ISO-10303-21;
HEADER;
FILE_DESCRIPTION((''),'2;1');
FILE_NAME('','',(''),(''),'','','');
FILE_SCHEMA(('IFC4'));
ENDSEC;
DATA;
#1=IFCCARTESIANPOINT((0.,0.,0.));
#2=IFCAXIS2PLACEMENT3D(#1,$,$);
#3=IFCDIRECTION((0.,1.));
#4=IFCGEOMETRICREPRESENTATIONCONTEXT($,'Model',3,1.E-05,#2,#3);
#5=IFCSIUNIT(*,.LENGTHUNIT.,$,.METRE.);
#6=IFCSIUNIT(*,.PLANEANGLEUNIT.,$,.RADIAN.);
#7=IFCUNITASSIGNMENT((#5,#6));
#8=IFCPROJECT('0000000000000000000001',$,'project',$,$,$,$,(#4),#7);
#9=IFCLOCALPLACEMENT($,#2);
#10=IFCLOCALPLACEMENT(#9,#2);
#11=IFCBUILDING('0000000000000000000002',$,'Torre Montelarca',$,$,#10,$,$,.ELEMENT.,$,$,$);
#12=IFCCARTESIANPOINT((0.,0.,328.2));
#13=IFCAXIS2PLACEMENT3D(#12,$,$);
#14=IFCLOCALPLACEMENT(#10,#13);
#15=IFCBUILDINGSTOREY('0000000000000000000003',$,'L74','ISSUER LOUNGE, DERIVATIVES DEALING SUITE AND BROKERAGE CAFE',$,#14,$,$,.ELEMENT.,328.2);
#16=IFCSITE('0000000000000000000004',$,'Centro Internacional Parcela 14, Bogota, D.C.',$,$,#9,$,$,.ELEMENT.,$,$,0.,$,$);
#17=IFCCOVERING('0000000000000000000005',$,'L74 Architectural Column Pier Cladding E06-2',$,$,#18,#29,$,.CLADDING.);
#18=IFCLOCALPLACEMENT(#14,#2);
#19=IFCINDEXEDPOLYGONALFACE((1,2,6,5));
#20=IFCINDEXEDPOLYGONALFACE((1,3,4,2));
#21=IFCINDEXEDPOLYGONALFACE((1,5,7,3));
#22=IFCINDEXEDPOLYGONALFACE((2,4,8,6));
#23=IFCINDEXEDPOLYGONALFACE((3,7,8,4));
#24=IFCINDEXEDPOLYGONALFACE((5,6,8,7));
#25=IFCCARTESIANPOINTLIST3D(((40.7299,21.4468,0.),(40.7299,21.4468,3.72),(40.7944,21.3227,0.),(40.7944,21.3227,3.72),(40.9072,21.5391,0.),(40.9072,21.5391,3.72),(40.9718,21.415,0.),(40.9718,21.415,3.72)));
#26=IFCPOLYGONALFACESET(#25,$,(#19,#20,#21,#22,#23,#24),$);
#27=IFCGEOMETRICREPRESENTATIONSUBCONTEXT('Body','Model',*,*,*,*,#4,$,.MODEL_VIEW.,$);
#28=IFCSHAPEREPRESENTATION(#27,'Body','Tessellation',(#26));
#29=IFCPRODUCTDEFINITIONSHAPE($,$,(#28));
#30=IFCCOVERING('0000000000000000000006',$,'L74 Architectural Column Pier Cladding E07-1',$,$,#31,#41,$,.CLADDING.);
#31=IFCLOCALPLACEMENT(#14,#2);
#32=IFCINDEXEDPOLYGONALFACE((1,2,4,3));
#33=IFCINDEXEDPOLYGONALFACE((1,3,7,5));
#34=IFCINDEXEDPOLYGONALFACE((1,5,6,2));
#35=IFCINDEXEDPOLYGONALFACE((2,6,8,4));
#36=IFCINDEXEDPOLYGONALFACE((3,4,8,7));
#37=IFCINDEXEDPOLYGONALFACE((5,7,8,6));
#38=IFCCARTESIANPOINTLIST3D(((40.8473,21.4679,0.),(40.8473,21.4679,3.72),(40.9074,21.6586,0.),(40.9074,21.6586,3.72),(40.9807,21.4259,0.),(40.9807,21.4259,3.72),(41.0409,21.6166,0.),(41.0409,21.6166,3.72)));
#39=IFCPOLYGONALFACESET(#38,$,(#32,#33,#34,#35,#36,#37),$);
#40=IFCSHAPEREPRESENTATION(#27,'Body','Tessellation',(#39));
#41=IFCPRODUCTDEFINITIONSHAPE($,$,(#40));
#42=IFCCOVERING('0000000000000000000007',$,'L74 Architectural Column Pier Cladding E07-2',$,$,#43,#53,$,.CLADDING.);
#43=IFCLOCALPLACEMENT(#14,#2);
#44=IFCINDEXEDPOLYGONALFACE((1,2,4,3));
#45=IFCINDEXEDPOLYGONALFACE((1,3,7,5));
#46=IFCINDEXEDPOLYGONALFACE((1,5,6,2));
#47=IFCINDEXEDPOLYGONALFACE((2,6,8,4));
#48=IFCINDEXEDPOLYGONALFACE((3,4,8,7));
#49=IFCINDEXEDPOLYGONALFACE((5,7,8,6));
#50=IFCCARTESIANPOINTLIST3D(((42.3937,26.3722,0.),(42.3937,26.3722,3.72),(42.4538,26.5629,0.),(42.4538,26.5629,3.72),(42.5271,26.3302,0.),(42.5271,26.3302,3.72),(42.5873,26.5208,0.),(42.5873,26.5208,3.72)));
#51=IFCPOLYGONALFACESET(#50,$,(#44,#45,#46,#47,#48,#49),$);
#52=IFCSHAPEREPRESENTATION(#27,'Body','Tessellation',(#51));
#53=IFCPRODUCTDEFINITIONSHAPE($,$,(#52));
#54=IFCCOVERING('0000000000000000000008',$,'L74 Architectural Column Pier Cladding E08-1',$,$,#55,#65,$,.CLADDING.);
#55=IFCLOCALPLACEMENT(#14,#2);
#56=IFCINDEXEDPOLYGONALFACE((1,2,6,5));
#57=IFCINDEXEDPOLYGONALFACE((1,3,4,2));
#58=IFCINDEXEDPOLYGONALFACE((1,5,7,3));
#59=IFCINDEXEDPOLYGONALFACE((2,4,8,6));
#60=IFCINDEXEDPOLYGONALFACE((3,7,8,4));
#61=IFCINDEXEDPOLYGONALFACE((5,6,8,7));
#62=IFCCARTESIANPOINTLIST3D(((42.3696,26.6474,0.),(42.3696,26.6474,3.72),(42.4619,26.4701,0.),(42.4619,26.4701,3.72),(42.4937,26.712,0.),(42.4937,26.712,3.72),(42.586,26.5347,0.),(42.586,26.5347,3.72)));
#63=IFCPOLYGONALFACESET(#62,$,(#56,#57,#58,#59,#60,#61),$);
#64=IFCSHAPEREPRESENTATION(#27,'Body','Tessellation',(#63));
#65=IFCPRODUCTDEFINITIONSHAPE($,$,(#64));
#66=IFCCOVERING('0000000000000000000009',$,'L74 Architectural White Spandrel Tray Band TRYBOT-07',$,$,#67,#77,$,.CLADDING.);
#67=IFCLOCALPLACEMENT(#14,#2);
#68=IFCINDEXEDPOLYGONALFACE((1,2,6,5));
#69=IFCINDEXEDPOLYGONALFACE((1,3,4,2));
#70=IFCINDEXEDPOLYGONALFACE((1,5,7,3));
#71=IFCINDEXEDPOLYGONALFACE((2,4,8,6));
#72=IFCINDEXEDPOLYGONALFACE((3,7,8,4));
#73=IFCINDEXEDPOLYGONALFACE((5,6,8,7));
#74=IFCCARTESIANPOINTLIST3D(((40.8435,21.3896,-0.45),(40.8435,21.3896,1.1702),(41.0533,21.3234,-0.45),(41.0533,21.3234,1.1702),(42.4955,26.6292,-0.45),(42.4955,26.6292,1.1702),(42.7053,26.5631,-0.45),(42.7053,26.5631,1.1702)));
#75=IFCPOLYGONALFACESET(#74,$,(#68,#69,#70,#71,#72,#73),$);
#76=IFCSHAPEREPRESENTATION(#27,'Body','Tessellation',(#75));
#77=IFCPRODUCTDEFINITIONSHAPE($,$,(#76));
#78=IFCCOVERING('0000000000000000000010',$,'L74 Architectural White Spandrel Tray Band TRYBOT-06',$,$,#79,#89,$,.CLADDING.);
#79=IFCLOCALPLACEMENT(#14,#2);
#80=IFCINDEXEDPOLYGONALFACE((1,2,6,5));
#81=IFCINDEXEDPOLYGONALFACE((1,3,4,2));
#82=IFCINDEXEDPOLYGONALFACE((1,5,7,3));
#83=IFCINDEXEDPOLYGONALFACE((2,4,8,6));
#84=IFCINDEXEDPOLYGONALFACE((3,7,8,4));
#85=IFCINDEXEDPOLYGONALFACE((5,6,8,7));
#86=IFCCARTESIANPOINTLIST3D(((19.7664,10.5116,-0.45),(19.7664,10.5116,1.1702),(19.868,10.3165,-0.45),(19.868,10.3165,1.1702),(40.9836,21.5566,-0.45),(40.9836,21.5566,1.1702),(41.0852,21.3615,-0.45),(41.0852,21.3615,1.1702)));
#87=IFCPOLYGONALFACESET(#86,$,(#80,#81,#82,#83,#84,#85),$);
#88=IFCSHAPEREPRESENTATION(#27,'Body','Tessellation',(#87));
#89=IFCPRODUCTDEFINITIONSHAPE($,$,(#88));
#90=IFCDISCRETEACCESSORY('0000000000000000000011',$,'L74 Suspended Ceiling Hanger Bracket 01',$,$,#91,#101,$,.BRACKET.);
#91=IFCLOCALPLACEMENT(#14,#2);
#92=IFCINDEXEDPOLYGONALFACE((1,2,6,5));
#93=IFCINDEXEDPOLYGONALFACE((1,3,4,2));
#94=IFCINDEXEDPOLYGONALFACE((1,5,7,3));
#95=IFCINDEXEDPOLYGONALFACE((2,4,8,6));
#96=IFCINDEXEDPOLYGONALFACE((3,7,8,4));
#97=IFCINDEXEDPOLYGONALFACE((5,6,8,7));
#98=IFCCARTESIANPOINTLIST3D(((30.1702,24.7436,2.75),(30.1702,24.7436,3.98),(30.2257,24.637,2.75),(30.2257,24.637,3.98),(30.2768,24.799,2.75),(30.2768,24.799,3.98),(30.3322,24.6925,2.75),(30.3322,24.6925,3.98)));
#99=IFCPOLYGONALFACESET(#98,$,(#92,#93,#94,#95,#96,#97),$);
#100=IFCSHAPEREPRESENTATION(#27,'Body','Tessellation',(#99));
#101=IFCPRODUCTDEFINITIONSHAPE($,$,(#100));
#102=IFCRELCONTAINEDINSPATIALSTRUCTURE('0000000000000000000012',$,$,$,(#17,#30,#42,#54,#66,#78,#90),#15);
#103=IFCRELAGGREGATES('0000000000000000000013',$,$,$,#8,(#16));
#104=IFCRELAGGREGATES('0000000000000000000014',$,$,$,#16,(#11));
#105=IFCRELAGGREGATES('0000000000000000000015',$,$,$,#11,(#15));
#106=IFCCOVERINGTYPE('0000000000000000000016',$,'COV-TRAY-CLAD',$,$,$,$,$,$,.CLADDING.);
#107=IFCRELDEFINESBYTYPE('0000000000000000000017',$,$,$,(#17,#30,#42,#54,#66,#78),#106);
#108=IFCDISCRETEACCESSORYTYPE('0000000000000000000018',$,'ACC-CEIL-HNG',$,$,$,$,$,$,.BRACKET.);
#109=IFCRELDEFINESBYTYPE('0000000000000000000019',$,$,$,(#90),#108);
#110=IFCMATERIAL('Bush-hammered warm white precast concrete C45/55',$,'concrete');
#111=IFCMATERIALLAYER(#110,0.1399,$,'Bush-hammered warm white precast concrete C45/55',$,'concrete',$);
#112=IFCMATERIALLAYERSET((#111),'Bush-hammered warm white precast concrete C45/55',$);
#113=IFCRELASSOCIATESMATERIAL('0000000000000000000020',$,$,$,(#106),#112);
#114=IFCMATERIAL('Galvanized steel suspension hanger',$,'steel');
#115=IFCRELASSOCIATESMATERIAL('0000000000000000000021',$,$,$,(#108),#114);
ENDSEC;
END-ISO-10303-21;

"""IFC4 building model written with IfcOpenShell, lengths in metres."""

from ifc_helpers import new_model, si_unit, direction, frame, origin, origin_2d, place, context, subcontext, project, spatial, rectangle, extrude, source, transform, mapped, material, layer, layer_set, type_object, element, save


model = new_model("IFC4")

# Units and contexts
model_context = context("Model", 3, precision=1e-05, world=origin(), true_north=direction((0.0, 1.0)))
body_context = subcontext(model_context, "Body", "Model", "MODEL_VIEW")
ifc_project = project(units=[si_unit("LENGTHUNIT", "METRE"), si_unit("PLANEANGLEUNIT", "RADIAN")], contexts=[model_context])

# Site, building, storey
site_placement = place(None, origin())
site = spatial("IfcSite", under=ifc_project, at=site_placement, Name="Centro Internacional Parcela 14, Bogota, D.C.", CompositionType="ELEMENT", RefElevation=0.0)
building_placement = place(site_placement, origin())
building = spatial("IfcBuilding", under=site, at=building_placement, Name="Torre Montelarca", CompositionType="ELEMENT")
storey_placement = place(building_placement, frame((0.0, 0.0, 328.2)))
storey = spatial("IfcBuildingStorey", under=building, at=storey_placement, Name="L74", Description="ISSUER LOUNGE, DERIVATIVES DEALING SUITE AND BROKERAGE CAFE", CompositionType="ELEMENT", Elevation=328.2)

# Coverings
ifc_material_1 = material(Name="Bush-hammered warm white precast concrete C45/55", Category="concrete")
ifc_layer_1 = layer(ifc_material_1, 0.1399, Name="Bush-hammered warm white precast concrete C45/55", Category="concrete")
ifc_layer_set_1 = layer_set([ifc_layer_1], Name="Bush-hammered warm white precast concrete C45/55")
covering_type = type_object("IfcCoveringType", Name="COV-TRAY-CLAD", PredefinedType="CLADDING", material=ifc_layer_set_1)
shared_shape_1 = source(origin(), body_context, "Body", "SweptSolid", [
    extrude(rectangle(XDim=0.2, YDim=0.1399, at=origin_2d()), origin(), (0.0, 0.0, 1.0), 3.72),
])
for number, where, z_axis, x_axis, name in (
    (1, (40.8508, 21.4309, 0.0), (0.0, 0.0, 1.0), (0.887012, 0.461747, 0.0), "L74 Architectural Column Pier Cladding E06-2"),
    (2, (40.9441, 21.5422, 0.0), (0.0, 0.0, 1.0), (0.300701, 0.953719, 0.0), "L74 Architectural Column Pier Cladding E07-1"),
    (3, (42.4905, 26.4465, 0.0), (0.0, 0.0, 1.0), (0.300701, 0.953719, 0.0), "L74 Architectural Column Pier Cladding E07-2"),
    (4, (42.4778, 26.5911, 0.0), (0.0, 0.0, 1.0), (-0.461747, 0.887012, 0.0), "L74 Architectural Column Pier Cladding E08-1"),
):
    element("IfcCovering", number, at=place(storey_placement, frame(where, z_axis=z_axis, x_axis=x_axis)), inside=storey, type_object=covering_type, Name=name, PredefinedType="CLADDING", context=body_context, shape_type="MappedRepresentation", body=[
        mapped(shared_shape_1, transform((0.0, 0.0, 0.0), scale=1.0)),
    ])
shared_shape_2 = source(origin(), body_context, "Body", "SweptSolid", [
    extrude(rectangle(XDim=5.4939, YDim=0.22, at=origin_2d()), origin(), (0.0, 0.0, 1.0), 1.6201),
])
covering_1_placement = place(storey_placement, frame((41.7744, 23.9763, -0.45), z_axis=(0.0, 0.0, 1.0), x_axis=(0.300706, 0.953717, 0.0)))
element("IfcCovering", 5, at=covering_1_placement, inside=storey, type_object=covering_type, Name="L74 Architectural White Spandrel Tray Band TRYBOT-07", PredefinedType="CLADDING", context=body_context, shape_type="MappedRepresentation", body=[
    mapped(shared_shape_2, transform((0.0, 0.0, 0.0), scale=1.0)),
])
shared_shape_3 = source(origin(), body_context, "Body", "SweptSolid", [
    extrude(rectangle(XDim=23.9199, YDim=0.22, at=origin_2d()), origin(), (0.0, 0.0, 1.0), 1.6201),
])
covering_2_placement = place(storey_placement, frame((30.4258, 15.9365, -0.45), z_axis=(0.0, 0.0, 1.0), x_axis=(0.887011, 0.461749, 0.0)))
element("IfcCovering", 6, at=covering_2_placement, inside=storey, type_object=covering_type, Name="L74 Architectural White Spandrel Tray Band TRYBOT-06", PredefinedType="CLADDING", context=body_context, shape_type="MappedRepresentation", body=[
    mapped(shared_shape_3, transform((0.0, 0.0, 0.0), scale=1.0)),
])

# Discrete accessory
ifc_material_2 = material(Name="Galvanized steel suspension hanger", Category="steel")
discrete_accessory_type = type_object("IfcDiscreteAccessoryType", Name="ACC-CEIL-HNG", PredefinedType="BRACKET", material=ifc_material_2)
shared_shape_4 = source(origin(), body_context, "Body", "SweptSolid", [
    extrude(rectangle(XDim=0.1201, YDim=0.1201, at=origin_2d()), origin(), (0.0, 0.0, 1.0), 1.23),
])
discrete_accessory_placement = place(storey_placement, frame((30.2512, 24.718, 2.75), z_axis=(0.0, 0.0, 1.0), x_axis=(-0.461749, 0.887011, 0.0)))
element("IfcDiscreteAccessory", 7, at=discrete_accessory_placement, inside=storey, type_object=discrete_accessory_type, Name="L74 Suspended Ceiling Hanger Bracket 01", PredefinedType="BRACKET", context=body_context, shape_type="MappedRepresentation", body=[
    mapped(shared_shape_4, transform((0.0, 0.0, 0.0), scale=1.0)),
])

save(model, "model.ifc")
